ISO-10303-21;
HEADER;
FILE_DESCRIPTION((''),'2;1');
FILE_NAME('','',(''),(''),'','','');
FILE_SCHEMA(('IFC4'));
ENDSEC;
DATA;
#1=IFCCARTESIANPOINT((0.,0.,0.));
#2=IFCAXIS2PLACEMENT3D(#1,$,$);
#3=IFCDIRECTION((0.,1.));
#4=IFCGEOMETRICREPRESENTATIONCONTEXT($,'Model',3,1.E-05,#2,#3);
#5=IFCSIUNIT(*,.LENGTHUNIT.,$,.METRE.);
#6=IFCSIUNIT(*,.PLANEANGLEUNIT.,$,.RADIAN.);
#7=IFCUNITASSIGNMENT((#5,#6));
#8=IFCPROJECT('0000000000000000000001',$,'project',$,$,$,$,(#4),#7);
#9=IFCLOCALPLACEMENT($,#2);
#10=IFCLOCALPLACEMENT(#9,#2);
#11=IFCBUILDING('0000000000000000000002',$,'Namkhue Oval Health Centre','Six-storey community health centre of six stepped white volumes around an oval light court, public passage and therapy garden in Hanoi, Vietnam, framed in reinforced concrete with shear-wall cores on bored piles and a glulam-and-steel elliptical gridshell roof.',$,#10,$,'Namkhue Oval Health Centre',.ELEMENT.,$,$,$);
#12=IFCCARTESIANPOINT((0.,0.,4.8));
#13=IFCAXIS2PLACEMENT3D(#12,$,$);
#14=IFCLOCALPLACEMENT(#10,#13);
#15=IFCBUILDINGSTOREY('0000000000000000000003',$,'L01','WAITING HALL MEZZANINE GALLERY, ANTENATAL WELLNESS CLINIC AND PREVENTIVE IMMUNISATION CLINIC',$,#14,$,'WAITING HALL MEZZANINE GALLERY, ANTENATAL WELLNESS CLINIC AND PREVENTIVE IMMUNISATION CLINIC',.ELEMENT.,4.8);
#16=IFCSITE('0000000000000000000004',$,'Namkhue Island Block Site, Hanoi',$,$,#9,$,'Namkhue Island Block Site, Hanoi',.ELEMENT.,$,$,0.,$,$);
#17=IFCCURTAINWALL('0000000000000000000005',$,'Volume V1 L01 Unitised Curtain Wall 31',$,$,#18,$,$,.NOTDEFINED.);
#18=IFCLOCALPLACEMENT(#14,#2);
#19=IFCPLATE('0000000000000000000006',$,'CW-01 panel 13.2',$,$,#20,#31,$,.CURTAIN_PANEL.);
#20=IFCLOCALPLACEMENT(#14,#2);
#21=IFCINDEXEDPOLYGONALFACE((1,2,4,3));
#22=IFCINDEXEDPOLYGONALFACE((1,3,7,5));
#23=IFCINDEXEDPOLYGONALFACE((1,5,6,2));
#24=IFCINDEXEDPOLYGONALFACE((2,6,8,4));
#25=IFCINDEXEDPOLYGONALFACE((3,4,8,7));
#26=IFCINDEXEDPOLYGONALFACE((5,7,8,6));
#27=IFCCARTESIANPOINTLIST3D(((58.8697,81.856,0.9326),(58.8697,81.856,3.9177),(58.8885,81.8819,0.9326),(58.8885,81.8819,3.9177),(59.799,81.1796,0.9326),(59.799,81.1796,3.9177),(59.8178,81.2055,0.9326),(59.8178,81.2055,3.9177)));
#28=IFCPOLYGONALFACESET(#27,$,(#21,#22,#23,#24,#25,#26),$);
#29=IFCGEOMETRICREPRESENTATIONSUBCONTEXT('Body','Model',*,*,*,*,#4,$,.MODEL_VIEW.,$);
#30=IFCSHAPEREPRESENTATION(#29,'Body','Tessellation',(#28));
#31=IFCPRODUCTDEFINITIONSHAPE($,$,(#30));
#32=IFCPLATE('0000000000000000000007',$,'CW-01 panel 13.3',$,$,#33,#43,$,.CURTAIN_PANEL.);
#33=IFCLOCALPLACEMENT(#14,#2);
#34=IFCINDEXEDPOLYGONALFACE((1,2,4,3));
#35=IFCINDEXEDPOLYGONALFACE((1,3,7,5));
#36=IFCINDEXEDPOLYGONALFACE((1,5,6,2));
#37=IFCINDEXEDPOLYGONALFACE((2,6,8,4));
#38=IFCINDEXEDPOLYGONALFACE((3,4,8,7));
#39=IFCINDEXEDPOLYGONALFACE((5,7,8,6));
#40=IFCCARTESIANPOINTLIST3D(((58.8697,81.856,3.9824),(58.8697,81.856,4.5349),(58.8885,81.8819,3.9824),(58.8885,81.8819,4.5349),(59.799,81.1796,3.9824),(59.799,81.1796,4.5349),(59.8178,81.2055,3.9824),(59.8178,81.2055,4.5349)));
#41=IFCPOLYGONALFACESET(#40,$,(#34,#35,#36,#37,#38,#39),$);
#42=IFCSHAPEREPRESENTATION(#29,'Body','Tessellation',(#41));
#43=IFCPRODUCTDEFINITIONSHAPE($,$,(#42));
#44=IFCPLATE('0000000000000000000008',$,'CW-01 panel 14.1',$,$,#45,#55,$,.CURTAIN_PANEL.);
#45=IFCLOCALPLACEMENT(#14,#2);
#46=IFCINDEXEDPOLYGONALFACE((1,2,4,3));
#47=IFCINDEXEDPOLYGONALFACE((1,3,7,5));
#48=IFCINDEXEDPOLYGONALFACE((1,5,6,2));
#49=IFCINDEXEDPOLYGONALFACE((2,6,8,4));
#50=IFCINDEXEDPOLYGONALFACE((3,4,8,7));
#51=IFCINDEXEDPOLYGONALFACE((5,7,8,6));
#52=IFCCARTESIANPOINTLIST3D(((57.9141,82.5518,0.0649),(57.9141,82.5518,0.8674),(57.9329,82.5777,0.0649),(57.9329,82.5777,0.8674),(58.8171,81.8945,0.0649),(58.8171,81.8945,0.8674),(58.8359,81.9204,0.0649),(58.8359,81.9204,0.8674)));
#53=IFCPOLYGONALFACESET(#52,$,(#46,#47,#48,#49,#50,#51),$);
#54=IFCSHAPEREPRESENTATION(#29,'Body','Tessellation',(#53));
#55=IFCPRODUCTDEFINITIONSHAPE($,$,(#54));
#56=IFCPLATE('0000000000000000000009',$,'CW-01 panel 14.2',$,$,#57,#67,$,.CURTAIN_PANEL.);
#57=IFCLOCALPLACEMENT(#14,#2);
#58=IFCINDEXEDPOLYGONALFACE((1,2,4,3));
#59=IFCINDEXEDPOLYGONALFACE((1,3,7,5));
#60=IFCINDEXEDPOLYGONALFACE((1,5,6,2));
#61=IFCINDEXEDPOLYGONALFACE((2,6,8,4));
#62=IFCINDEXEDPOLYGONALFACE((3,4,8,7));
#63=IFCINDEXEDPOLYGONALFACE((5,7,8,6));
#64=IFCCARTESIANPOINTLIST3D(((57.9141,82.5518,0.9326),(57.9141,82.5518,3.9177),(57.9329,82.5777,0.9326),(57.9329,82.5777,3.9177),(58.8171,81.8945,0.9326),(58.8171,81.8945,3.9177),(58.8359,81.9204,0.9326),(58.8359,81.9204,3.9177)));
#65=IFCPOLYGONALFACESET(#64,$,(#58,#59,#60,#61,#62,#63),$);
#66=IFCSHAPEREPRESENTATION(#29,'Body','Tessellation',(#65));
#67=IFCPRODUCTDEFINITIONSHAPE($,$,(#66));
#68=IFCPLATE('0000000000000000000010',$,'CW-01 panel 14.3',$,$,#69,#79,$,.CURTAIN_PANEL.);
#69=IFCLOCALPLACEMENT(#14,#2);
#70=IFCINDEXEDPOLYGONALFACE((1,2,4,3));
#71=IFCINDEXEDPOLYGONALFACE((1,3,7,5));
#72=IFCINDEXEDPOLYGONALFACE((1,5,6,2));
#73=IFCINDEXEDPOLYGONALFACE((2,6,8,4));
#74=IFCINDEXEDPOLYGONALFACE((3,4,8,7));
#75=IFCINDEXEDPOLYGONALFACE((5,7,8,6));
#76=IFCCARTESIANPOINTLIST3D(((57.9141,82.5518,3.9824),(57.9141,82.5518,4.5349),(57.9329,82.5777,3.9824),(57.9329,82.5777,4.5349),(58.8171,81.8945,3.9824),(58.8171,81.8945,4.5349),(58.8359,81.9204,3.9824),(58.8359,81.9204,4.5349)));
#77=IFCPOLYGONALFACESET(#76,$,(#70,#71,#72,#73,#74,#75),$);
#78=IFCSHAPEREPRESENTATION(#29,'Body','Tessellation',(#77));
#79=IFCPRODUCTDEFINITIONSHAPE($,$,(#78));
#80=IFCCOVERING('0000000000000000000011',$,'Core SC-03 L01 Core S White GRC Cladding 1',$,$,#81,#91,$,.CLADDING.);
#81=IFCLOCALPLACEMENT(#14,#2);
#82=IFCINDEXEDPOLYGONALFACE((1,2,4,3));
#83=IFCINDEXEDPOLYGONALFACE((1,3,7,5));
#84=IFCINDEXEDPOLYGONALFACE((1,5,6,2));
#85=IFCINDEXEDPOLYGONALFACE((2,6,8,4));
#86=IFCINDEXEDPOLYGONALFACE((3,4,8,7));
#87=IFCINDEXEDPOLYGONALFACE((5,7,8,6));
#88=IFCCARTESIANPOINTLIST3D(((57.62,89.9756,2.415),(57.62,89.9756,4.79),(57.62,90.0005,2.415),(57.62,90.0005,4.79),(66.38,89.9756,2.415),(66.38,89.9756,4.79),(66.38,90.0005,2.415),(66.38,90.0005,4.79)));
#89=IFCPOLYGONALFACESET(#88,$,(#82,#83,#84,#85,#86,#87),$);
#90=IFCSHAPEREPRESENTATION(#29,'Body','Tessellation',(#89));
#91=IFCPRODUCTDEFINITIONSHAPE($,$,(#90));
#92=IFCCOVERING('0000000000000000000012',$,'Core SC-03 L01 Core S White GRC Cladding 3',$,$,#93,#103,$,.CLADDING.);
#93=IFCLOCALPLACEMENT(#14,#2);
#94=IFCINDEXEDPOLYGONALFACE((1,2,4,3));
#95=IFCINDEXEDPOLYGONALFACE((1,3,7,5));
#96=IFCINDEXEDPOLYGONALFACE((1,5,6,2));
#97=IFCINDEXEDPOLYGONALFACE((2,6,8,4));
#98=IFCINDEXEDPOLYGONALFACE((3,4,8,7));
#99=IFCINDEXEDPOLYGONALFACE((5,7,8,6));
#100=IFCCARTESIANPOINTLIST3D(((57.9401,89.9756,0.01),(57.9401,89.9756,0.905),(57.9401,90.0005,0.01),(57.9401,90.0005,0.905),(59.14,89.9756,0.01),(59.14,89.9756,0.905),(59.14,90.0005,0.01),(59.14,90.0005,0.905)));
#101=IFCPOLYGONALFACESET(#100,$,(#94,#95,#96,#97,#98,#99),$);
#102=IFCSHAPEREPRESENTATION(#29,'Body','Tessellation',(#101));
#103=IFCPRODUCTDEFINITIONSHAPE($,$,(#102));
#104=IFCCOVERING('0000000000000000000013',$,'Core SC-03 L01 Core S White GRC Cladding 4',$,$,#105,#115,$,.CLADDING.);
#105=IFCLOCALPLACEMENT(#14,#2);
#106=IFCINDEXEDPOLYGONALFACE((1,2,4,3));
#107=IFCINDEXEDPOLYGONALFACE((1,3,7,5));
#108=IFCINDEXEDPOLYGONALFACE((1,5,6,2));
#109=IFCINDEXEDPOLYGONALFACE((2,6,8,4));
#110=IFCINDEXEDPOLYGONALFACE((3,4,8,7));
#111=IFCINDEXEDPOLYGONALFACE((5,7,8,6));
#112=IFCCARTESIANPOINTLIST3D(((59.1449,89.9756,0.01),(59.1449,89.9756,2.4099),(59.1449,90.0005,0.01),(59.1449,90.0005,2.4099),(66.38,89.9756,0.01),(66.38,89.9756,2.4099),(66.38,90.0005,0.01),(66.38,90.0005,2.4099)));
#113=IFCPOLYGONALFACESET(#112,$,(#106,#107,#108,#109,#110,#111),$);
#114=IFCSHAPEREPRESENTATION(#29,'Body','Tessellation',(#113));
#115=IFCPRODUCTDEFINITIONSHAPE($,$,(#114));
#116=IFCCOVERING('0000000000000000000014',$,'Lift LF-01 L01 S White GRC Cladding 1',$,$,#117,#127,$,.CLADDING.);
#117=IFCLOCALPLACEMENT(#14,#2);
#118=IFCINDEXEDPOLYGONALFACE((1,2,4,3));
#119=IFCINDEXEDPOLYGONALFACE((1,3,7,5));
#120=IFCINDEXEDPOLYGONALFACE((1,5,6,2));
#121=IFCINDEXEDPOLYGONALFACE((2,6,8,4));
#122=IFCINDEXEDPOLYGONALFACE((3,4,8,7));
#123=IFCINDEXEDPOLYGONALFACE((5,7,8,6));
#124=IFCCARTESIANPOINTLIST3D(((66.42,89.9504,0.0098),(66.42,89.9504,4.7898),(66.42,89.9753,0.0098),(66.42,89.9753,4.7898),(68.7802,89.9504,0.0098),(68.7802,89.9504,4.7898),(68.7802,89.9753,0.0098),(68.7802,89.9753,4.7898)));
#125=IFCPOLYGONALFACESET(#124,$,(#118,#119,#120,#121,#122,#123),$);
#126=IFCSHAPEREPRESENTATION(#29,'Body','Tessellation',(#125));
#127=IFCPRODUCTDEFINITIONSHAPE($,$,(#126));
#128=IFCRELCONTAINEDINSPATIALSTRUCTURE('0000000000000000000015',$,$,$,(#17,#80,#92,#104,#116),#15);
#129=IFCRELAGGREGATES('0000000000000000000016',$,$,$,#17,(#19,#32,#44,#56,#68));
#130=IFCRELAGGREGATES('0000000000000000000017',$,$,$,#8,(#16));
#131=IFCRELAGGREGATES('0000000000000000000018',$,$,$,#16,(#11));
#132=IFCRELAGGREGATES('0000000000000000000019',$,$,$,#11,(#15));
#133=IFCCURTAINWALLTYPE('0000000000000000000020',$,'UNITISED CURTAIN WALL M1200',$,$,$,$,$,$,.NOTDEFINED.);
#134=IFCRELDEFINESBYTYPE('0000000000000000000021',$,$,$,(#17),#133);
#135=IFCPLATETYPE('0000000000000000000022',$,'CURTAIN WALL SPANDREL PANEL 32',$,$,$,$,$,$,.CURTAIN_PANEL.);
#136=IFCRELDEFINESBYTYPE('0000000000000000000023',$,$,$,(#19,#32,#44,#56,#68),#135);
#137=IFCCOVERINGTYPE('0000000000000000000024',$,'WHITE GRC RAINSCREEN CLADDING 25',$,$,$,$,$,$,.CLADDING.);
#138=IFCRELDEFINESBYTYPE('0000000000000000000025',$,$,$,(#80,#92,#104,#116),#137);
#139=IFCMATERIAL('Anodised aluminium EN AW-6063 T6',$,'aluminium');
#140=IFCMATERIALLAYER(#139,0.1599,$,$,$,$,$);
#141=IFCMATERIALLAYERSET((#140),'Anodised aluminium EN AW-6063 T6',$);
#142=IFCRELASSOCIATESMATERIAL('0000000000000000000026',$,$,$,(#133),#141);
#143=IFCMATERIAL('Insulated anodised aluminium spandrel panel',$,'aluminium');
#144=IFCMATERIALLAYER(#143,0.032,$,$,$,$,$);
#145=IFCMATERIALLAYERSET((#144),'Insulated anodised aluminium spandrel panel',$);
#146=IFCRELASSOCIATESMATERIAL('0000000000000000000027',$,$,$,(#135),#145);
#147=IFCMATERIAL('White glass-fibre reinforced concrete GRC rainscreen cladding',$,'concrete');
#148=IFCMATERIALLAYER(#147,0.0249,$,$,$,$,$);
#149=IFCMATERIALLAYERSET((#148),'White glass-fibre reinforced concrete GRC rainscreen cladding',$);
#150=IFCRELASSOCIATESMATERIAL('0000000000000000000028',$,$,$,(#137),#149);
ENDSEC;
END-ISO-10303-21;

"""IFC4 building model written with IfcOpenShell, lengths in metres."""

from ifc_helpers import new_model, si_unit, direction, frame, origin, origin_2d, place, context, subcontext, project, spatial, rectangle, extrude, material, layer, layer_set, type_object, element, aggregate, save


model = new_model("IFC4")

# Units and contexts
model_context = context("Model", 3, precision=1e-05, world=origin(), true_north=direction((0.0, 1.0)))
body_context = subcontext(model_context, "Body", "Model", "MODEL_VIEW")
ifc_project = project(units=[si_unit("LENGTHUNIT", "METRE"), si_unit("PLANEANGLEUNIT", "RADIAN")], contexts=[model_context])

# Site, building, storey
site_placement = place(None, origin())
site = spatial("IfcSite", under=ifc_project, at=site_placement, Name="Namkhue Island Block Site, Hanoi", LongName="Namkhue Island Block Site, Hanoi", CompositionType="ELEMENT", RefElevation=0.0)
building_placement = place(site_placement, origin())
building = spatial("IfcBuilding", under=site, at=building_placement, Name="Namkhue Oval Health Centre", Description="Six-storey community health centre of six stepped white volumes around an oval light court, public passage and therapy garden in Hanoi, Vietnam, framed in reinforced concrete with shear-wall cores on bored piles and a glulam-and-steel elliptical gridshell roof.", LongName="Namkhue Oval Health Centre", CompositionType="ELEMENT")
storey_placement = place(building_placement, frame((0.0, 0.0, 4.8)))
storey = spatial("IfcBuildingStorey", under=building, at=storey_placement, Name="L01", Description="WAITING HALL MEZZANINE GALLERY, ANTENATAL WELLNESS CLINIC AND PREVENTIVE IMMUNISATION CLINIC", LongName="WAITING HALL MEZZANINE GALLERY, ANTENATAL WELLNESS CLINIC AND PREVENTIVE IMMUNISATION CLINIC", CompositionType="ELEMENT", Elevation=4.8)

# Curtain wall, plates
ifc_material_1 = material(Name="Anodised aluminium EN AW-6063 T6", Category="aluminium")
ifc_layer_1 = layer(ifc_material_1, 0.1599)
ifc_layer_set_1 = layer_set([ifc_layer_1], Name="Anodised aluminium EN AW-6063 T6")
curtain_wall_type = type_object("IfcCurtainWallType", Name="UNITISED CURTAIN WALL M1200", PredefinedType="NOTDEFINED", material=ifc_layer_set_1)
curtain_wall_placement = place(storey_placement, origin())
curtain_wall = element("IfcCurtainWall", 1, at=curtain_wall_placement, inside=storey, type_object=curtain_wall_type, Name="Volume V1 L01 Unitised Curtain Wall 31", PredefinedType="NOTDEFINED")
ifc_material_2 = material(Name="Insulated anodised aluminium spandrel panel", Category="aluminium")
ifc_layer_2 = layer(ifc_material_2, 0.032)
ifc_layer_set_2 = layer_set([ifc_layer_2], Name="Insulated anodised aluminium spandrel panel")
plate_type = type_object("IfcPlateType", Name="CURTAIN WALL SPANDREL PANEL 32", PredefinedType="CURTAIN_PANEL", material=ifc_layer_set_2)
plate_1_placement = place(storey_placement, frame((59.3438, 81.5308, 0.9326), z_axis=(0.0, 0.0, 1.0), x_axis=(-0.808514, 0.588477, 0.0)))
plate_1 = element("IfcPlate", 2, at=plate_1_placement, type_object=plate_type, Name="CW-01 panel 13.2", PredefinedType="CURTAIN_PANEL", context=body_context, shape_type="SweptSolid", body=[
    extrude(rectangle(XDim=1.1494, YDim=0.032, at=origin_2d()), origin(), (0.0, 0.0, 1.0), 2.9851),
])
plate_2_placement = place(storey_placement, frame((59.3438, 81.5308, 3.9824), z_axis=(0.0, 0.0, 1.0), x_axis=(-0.808514, 0.588477, 0.0)))
plate_2 = element("IfcPlate", 3, at=plate_2_placement, type_object=plate_type, Name="CW-01 panel 13.3", PredefinedType="CURTAIN_PANEL", context=body_context, shape_type="SweptSolid", body=[
    extrude(rectangle(XDim=1.1494, YDim=0.032, at=origin_2d()), origin(), (0.0, 0.0, 1.0), 0.5525),
])
plate_3_placement = place(storey_placement, frame((58.375, 82.2361, 0.0649), z_axis=(0.0, 0.0, 1.0), x_axis=(-0.808514, 0.588477, 0.0)))
plate_3 = element("IfcPlate", 4, at=plate_3_placement, type_object=plate_type, Name="CW-01 panel 14.1", PredefinedType="CURTAIN_PANEL", context=body_context, shape_type="SweptSolid", body=[
    extrude(rectangle(XDim=1.1169, YDim=0.032, at=origin_2d()), origin(), (0.0, 0.0, 1.0), 0.8025),
])
plate_4_placement = place(storey_placement, frame((58.375, 82.2361, 0.9326), z_axis=(0.0, 0.0, 1.0), x_axis=(-0.808514, 0.588477, 0.0)))
plate_4 = element("IfcPlate", 5, at=plate_4_placement, type_object=plate_type, Name="CW-01 panel 14.2", PredefinedType="CURTAIN_PANEL", context=body_context, shape_type="SweptSolid", body=[
    extrude(rectangle(XDim=1.1169, YDim=0.032, at=origin_2d()), origin(), (0.0, 0.0, 1.0), 2.9851),
])
plate_5_placement = place(storey_placement, frame((58.375, 82.2361, 3.9824), z_axis=(0.0, 0.0, 1.0), x_axis=(-0.808514, 0.588477, 0.0)))
plate_5 = element("IfcPlate", 6, at=plate_5_placement, type_object=plate_type, Name="CW-01 panel 14.3", PredefinedType="CURTAIN_PANEL", context=body_context, shape_type="SweptSolid", body=[
    extrude(rectangle(XDim=1.1169, YDim=0.032, at=origin_2d()), origin(), (0.0, 0.0, 1.0), 0.5525),
])
aggregate(curtain_wall, [plate_1, plate_2, plate_3, plate_4, plate_5])

# Coverings
ifc_material_3 = material(Name="White glass-fibre reinforced concrete GRC rainscreen cladding", Category="concrete")
ifc_layer_3 = layer(ifc_material_3, 0.0249)
ifc_layer_set_3 = layer_set([ifc_layer_3], Name="White glass-fibre reinforced concrete GRC rainscreen cladding")
covering_type = type_object("IfcCoveringType", Name="WHITE GRC RAINSCREEN CLADDING 25", PredefinedType="CLADDING", material=ifc_layer_set_3)
covering_1_placement = place(storey_placement, frame((62.0, 89.988, 2.415), z_axis=(0.0, 0.0, 1.0), x_axis=(1.0, 0.0, 0.0)))
element("IfcCovering", 7, at=covering_1_placement, inside=storey, type_object=covering_type, Name="Core SC-03 L01 Core S White GRC Cladding 1", PredefinedType="CLADDING", context=body_context, shape_type="SweptSolid", body=[
    extrude(rectangle(XDim=8.76, YDim=0.0249, at=origin_2d()), origin(), (0.0, 0.0, 1.0), 2.375),
])
covering_2_placement = place(storey_placement, frame((58.54, 89.988, 0.01), z_axis=(0.0, 0.0, 1.0), x_axis=(1.0, 0.0, 0.0)))
element("IfcCovering", 8, at=covering_2_placement, inside=storey, type_object=covering_type, Name="Core SC-03 L01 Core S White GRC Cladding 3", PredefinedType="CLADDING", context=body_context, shape_type="SweptSolid", body=[
    extrude(rectangle(XDim=1.2, YDim=0.0249, at=origin_2d()), origin(), (0.0, 0.0, 1.0), 0.895),
])
covering_3_placement = place(storey_placement, frame((62.7625, 89.988, 0.01), z_axis=(0.0, 0.0, 1.0), x_axis=(1.0, 0.0, 0.0)))
element("IfcCovering", 9, at=covering_3_placement, inside=storey, type_object=covering_type, Name="Core SC-03 L01 Core S White GRC Cladding 4", PredefinedType="CLADDING", context=body_context, shape_type="SweptSolid", body=[
    extrude(rectangle(XDim=7.2351, YDim=0.0249, at=origin_2d()), origin(), (0.0, 0.0, 1.0), 2.3999),
])
covering_4_placement = place(storey_placement, frame((67.6001, 89.9629, 0.0098), z_axis=(0.0, 0.0, 1.0), x_axis=(1.0, 0.0, 0.0)))
element("IfcCovering", 10, at=covering_4_placement, inside=storey, type_object=covering_type, Name="Lift LF-01 L01 S White GRC Cladding 1", PredefinedType="CLADDING", context=body_context, shape_type="SweptSolid", body=[
    extrude(rectangle(XDim=2.3601, YDim=0.0249, at=origin_2d()), origin(), (0.0, 0.0, 1.0), 4.78),
])

save(model, "model.ifc")
